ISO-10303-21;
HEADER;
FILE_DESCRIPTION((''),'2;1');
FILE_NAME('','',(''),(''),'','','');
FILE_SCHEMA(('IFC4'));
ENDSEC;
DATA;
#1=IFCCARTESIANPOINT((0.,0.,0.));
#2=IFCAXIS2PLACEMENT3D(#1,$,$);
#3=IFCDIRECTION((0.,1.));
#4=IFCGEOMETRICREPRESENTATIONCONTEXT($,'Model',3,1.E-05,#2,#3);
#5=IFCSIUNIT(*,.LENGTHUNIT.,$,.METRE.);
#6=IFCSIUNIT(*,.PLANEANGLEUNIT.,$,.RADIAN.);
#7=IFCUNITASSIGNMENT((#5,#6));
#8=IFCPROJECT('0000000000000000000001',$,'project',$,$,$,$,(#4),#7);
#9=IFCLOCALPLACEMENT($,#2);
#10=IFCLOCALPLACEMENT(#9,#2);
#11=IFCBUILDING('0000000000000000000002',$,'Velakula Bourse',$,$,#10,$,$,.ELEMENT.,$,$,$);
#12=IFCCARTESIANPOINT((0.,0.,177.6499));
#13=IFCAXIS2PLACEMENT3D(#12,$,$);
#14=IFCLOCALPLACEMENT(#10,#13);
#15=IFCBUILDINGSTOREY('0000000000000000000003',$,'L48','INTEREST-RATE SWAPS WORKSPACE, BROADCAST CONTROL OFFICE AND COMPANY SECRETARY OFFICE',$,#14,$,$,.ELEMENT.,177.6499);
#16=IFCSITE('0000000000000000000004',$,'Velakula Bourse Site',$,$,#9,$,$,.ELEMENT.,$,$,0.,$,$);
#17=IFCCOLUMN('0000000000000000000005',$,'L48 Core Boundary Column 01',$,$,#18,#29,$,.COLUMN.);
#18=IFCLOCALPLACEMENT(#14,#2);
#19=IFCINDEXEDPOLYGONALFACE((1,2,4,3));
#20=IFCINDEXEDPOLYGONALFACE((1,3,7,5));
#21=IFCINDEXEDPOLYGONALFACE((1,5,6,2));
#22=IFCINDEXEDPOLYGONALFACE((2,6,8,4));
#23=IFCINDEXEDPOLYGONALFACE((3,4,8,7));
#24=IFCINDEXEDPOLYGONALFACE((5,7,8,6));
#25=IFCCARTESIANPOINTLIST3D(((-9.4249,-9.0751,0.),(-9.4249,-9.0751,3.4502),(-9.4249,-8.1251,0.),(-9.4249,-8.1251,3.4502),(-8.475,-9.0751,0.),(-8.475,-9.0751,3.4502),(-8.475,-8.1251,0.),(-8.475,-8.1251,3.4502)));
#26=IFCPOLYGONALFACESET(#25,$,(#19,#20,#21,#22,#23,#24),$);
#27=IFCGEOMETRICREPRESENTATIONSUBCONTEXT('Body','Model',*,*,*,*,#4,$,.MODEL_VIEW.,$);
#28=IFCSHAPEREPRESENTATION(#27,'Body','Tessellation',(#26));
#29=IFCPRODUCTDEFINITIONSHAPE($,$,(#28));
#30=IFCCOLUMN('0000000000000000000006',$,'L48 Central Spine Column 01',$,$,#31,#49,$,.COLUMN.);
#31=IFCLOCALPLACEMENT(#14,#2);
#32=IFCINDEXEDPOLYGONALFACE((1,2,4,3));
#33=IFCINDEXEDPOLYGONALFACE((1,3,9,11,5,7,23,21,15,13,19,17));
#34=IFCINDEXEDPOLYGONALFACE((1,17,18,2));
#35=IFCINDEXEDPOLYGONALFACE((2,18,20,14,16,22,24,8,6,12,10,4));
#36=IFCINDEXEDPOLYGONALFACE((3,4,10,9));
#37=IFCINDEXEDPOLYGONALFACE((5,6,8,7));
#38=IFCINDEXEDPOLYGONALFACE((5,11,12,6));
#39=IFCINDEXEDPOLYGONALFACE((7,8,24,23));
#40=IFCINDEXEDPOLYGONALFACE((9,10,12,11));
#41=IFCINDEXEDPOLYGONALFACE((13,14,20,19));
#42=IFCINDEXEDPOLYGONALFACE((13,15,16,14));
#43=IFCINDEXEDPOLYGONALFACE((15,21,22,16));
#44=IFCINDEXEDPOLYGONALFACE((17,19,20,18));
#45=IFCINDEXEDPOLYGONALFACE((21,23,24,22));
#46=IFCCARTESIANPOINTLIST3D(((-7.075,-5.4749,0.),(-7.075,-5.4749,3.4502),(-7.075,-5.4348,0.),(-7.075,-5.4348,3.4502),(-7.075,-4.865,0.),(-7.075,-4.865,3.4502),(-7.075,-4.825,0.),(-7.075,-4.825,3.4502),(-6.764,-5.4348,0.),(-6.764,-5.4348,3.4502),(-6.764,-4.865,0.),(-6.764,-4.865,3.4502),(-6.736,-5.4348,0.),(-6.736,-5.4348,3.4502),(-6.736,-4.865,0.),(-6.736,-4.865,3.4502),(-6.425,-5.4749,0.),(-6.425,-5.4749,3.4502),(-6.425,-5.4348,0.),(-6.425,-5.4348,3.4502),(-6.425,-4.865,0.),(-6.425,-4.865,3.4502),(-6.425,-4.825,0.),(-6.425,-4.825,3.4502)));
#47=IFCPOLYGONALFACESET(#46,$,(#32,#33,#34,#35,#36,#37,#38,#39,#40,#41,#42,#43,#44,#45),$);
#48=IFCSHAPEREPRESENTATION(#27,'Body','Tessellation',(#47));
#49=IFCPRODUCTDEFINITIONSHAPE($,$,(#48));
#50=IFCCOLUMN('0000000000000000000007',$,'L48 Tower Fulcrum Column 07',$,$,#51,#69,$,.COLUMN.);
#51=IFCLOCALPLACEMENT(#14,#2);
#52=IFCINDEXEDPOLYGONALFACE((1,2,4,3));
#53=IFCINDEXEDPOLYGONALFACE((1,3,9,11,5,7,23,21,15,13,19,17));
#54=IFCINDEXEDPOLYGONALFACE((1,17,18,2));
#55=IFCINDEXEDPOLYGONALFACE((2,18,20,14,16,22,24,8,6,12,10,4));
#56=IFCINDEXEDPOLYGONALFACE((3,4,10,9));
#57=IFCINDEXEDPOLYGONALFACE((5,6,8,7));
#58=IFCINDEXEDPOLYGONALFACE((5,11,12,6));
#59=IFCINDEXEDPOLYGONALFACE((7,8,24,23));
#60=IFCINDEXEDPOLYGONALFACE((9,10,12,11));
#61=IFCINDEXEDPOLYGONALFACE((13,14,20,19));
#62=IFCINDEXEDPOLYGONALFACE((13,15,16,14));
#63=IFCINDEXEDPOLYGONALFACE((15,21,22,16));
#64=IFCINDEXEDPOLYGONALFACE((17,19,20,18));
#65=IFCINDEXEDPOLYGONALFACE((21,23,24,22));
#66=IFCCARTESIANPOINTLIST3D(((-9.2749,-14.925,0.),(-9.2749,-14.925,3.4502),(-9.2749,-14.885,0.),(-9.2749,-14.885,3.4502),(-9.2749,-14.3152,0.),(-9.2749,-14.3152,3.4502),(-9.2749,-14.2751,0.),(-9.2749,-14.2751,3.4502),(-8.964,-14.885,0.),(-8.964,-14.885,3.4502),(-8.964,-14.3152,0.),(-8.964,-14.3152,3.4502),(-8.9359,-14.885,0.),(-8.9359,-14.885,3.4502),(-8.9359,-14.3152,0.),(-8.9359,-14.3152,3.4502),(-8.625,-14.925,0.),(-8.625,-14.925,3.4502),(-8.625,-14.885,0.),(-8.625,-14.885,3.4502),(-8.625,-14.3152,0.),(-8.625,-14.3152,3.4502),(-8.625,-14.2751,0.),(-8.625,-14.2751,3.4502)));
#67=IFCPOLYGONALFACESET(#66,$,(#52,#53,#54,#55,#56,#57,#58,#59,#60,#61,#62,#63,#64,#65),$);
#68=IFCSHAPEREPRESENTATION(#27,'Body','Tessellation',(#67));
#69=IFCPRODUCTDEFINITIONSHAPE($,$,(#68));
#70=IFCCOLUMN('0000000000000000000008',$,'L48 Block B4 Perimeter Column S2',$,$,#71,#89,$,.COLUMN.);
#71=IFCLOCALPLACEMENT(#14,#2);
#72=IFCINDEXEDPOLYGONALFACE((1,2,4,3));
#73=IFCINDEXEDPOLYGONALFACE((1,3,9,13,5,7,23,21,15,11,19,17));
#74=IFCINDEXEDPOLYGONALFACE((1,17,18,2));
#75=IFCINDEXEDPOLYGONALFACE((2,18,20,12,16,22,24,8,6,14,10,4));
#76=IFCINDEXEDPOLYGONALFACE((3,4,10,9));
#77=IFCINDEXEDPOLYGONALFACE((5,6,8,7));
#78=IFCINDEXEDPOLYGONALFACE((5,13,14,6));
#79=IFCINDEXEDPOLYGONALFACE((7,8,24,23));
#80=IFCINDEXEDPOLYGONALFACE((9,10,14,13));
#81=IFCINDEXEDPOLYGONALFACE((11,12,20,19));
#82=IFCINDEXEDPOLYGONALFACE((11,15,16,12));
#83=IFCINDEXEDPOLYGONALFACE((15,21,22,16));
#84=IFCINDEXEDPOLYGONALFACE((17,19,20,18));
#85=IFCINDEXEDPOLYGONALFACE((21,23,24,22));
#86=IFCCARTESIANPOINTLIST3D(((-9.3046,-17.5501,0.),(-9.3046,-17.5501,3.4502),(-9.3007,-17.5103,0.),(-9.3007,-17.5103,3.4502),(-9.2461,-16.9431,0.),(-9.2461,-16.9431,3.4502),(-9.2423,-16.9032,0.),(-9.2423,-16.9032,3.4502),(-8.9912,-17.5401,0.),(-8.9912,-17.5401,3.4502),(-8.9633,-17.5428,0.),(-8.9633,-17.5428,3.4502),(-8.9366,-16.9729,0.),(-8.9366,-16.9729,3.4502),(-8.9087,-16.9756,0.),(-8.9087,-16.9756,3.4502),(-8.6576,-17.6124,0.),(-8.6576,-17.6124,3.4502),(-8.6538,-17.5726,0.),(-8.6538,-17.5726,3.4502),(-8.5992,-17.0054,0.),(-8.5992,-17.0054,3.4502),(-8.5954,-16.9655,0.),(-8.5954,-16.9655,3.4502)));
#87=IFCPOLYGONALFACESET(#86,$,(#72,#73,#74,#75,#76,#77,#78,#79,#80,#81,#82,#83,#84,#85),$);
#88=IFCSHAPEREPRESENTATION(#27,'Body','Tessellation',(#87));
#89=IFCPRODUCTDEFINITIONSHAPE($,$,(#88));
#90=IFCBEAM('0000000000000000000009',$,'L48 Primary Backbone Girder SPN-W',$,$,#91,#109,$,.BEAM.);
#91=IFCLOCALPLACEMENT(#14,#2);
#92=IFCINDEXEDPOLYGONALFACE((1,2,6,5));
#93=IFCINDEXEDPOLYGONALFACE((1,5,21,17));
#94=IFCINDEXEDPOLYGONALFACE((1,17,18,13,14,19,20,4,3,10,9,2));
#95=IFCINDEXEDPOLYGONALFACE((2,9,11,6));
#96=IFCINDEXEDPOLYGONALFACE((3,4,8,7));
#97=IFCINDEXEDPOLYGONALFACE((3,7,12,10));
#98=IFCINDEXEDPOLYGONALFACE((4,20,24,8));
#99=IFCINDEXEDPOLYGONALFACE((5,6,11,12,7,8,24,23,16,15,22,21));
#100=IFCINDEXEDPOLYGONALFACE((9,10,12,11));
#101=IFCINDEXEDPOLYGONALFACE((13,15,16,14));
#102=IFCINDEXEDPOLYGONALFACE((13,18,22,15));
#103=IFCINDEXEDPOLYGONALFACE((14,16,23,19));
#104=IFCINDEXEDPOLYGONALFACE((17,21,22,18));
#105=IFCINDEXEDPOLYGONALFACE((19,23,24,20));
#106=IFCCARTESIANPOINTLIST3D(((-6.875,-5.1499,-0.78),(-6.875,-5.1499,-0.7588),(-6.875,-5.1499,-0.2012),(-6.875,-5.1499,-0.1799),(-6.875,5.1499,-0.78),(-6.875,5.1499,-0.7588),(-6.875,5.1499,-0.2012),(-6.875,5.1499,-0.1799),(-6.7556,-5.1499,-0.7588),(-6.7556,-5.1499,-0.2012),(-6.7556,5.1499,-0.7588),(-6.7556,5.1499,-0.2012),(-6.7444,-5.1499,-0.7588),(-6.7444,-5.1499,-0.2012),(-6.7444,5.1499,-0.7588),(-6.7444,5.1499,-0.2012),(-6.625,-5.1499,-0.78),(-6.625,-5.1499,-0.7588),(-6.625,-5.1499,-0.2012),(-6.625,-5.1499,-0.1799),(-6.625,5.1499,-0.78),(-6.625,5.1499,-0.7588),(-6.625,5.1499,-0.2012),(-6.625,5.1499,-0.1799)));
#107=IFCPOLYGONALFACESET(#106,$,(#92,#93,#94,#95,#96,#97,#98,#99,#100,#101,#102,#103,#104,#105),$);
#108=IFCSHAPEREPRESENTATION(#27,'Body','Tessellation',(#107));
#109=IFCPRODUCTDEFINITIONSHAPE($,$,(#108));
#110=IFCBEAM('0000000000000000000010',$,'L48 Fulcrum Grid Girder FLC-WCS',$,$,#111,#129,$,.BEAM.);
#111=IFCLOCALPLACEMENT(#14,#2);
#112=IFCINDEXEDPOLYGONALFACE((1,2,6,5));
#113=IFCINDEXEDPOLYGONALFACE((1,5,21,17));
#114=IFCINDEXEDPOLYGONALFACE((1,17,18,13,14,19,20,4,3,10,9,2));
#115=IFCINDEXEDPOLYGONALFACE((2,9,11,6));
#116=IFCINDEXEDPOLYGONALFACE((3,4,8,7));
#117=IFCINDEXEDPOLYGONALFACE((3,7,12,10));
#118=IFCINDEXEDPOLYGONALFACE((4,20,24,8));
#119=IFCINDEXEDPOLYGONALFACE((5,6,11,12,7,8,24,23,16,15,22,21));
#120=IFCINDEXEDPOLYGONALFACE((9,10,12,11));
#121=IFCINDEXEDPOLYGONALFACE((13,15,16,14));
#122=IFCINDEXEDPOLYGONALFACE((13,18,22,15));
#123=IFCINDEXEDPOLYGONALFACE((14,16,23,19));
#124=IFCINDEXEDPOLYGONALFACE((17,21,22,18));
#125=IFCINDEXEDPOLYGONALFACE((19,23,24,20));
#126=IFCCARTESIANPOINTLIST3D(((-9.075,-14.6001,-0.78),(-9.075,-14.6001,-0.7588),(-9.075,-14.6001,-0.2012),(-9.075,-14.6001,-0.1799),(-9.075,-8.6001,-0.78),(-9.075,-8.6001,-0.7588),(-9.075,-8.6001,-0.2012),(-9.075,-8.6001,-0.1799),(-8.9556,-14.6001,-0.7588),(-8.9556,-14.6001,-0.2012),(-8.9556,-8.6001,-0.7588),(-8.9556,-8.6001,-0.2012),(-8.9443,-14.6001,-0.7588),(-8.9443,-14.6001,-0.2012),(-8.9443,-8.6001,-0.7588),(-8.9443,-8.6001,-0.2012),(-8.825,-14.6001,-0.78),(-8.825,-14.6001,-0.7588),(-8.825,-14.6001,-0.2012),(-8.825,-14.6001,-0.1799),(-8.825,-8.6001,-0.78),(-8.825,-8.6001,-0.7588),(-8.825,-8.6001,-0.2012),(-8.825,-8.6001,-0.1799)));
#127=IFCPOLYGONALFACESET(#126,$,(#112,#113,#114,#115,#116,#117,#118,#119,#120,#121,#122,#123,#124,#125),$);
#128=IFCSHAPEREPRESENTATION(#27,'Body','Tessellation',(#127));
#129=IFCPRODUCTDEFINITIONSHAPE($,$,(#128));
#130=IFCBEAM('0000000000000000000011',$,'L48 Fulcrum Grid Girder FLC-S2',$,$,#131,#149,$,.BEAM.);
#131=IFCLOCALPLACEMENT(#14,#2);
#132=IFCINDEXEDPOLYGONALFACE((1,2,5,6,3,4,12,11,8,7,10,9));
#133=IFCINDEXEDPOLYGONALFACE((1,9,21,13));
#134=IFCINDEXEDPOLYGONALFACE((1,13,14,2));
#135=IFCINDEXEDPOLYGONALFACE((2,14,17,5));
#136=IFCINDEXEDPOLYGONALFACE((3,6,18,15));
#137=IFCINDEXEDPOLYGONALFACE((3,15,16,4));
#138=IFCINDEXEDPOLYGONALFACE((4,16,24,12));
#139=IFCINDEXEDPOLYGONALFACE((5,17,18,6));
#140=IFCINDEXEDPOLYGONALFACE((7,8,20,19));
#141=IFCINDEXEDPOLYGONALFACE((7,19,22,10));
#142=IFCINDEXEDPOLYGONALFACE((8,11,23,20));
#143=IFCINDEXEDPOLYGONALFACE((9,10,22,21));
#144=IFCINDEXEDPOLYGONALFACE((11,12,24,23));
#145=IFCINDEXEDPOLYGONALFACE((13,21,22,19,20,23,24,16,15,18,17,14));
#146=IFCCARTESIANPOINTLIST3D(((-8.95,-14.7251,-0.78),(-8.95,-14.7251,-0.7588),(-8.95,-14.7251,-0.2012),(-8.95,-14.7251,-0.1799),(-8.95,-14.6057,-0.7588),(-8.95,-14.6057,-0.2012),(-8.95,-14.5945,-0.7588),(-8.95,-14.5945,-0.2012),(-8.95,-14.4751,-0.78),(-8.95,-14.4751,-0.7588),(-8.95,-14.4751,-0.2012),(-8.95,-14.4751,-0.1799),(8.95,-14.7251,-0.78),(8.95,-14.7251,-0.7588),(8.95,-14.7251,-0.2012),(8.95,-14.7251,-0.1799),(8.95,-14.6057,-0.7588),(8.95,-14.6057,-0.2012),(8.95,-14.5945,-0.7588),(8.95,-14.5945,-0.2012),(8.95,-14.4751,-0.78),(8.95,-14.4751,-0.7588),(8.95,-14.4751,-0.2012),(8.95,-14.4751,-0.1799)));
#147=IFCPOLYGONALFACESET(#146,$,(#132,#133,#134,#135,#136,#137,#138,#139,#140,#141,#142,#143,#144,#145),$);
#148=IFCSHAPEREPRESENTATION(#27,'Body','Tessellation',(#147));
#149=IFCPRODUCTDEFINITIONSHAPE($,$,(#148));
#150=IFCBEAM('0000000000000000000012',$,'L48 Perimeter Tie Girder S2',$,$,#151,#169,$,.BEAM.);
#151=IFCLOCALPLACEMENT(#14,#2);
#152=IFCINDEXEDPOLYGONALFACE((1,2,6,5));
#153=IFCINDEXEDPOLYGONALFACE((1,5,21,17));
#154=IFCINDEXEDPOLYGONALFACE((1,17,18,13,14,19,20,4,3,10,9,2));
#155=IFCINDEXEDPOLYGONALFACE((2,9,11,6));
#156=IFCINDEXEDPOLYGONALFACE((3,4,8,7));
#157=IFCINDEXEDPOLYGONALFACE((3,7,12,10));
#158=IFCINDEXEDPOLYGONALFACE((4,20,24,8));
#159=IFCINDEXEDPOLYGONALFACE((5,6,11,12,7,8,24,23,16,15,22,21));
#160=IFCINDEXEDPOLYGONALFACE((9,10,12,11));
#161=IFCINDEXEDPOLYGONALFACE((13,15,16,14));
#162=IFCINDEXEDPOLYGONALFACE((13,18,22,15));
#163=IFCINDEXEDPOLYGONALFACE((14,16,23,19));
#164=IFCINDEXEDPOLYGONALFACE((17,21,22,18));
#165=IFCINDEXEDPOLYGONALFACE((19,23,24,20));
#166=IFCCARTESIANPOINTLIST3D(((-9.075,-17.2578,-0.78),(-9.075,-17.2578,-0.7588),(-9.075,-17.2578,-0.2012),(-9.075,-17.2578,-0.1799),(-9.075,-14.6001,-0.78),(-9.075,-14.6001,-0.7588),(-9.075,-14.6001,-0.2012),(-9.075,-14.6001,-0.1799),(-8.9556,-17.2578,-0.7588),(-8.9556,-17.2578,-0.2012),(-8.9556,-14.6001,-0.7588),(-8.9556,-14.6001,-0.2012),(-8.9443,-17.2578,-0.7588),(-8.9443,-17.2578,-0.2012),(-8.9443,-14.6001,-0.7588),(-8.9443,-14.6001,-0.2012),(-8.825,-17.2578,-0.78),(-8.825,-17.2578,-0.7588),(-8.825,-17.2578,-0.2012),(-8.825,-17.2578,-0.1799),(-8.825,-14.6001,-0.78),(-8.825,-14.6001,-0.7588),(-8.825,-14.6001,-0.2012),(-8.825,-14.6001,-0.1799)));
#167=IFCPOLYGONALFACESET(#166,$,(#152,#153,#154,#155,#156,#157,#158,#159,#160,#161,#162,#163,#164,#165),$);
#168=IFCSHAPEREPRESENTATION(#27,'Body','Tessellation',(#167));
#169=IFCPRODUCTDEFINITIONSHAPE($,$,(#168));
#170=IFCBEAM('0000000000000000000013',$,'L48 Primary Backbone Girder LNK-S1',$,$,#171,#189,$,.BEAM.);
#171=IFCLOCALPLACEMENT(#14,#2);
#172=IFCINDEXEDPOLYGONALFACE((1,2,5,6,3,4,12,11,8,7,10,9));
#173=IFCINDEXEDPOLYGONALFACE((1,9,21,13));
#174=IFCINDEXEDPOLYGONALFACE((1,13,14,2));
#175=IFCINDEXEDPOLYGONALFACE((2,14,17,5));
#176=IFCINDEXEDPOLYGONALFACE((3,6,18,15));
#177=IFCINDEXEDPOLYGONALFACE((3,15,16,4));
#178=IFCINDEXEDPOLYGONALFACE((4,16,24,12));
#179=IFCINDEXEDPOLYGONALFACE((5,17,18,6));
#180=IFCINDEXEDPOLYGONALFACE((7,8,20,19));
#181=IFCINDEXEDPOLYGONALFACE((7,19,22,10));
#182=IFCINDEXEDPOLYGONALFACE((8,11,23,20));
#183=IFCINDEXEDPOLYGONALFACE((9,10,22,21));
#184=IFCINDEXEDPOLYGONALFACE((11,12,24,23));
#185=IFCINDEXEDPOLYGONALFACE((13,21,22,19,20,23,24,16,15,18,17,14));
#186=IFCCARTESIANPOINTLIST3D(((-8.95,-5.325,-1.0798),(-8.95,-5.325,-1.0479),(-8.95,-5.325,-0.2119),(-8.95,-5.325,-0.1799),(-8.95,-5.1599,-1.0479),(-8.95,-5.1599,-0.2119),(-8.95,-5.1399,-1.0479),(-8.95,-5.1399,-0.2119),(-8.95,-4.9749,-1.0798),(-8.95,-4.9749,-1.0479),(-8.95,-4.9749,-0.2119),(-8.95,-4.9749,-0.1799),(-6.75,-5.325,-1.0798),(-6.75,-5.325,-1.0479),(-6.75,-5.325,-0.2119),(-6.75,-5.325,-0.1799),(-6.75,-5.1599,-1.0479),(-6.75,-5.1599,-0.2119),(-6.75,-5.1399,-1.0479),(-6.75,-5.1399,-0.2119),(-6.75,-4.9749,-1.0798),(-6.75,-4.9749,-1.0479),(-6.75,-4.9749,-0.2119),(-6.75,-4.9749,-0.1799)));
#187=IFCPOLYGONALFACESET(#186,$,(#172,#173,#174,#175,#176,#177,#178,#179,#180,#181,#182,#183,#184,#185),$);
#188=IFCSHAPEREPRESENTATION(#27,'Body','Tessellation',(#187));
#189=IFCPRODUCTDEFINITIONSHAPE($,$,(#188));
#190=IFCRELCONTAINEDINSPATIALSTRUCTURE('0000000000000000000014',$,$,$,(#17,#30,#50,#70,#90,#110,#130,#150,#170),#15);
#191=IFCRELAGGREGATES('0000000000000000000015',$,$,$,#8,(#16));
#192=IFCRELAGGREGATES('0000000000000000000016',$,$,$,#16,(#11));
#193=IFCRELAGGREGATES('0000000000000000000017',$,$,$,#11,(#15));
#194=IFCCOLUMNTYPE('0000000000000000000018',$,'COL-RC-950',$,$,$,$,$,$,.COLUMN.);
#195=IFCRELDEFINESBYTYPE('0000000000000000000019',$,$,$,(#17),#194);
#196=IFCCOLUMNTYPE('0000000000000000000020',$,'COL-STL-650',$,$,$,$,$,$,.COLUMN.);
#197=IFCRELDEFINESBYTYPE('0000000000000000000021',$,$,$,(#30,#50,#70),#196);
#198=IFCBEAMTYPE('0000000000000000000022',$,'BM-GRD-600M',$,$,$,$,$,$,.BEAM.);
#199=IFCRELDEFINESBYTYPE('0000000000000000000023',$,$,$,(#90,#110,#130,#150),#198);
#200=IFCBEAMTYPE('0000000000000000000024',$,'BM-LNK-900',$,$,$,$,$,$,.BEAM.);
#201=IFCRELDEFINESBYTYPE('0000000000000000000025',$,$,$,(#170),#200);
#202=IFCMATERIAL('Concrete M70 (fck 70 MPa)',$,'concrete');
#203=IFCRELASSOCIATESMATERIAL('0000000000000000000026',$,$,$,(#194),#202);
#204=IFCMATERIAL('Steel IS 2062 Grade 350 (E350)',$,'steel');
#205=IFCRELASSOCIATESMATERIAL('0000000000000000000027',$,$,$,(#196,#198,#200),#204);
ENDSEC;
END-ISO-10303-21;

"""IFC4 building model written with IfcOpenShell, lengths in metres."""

from ifc_helpers import new_model, si_unit, direction, frame, origin, origin_2d, place, context, subcontext, project, spatial, rectangle, i_section, extrude, material, material_profile, profile_set, type_object, element, save


model = new_model("IFC4")

# Units and contexts
model_context = context("Model", 3, precision=1e-05, world=origin(), true_north=direction((0.0, 1.0)))
body_context = subcontext(model_context, "Body", "Model", "MODEL_VIEW")
ifc_project = project(units=[si_unit("LENGTHUNIT", "METRE"), si_unit("PLANEANGLEUNIT", "RADIAN")], contexts=[model_context])

# Site, building, storey
site_placement = place(None, origin())
site = spatial("IfcSite", under=ifc_project, at=site_placement, Name="Velakula Bourse Site", CompositionType="ELEMENT", RefElevation=0.0)
building_placement = place(site_placement, origin())
building = spatial("IfcBuilding", under=site, at=building_placement, Name="Velakula Bourse", CompositionType="ELEMENT")
storey_placement = place(building_placement, frame((0.0, 0.0, 177.6499)))
storey = spatial("IfcBuildingStorey", under=building, at=storey_placement, Name="L48", Description="INTEREST-RATE SWAPS WORKSPACE, BROADCAST CONTROL OFFICE AND COMPANY SECRETARY OFFICE", CompositionType="ELEMENT", Elevation=177.6499)

# Columns
ifc_material_1 = material(Name="Concrete M70 (fck 70 MPa)", Category="concrete")
ifc_material_profile_1 = material_profile(ifc_material_1, rectangle(XDim=0.95, YDim=0.95, at=origin_2d()), Name="Concrete M70 (fck 70 MPa)")
ifc_profile_set_1 = profile_set([ifc_material_profile_1], Name="Concrete M70 (fck 70 MPa)")
column_type_1 = type_object("IfcColumnType", Name="COL-RC-950", PredefinedType="COLUMN", material=ifc_profile_set_1)
column_placement = place(storey_placement, frame((-8.95, -8.6001, 0.0), z_axis=(0.0, 0.0, 1.0), x_axis=(1.0, 0.0, 0.0)))
element("IfcColumn", 1, at=column_placement, inside=storey, type_object=column_type_1, Name="L48 Core Boundary Column 01", PredefinedType="COLUMN", context=body_context, shape_type="SweptSolid", body=[
    extrude(rectangle(XDim=0.95, YDim=0.95, at=origin_2d()), origin(), (0.0, 0.0, 1.0), 3.4502),
])
ifc_material_2 = material(Name="Steel IS 2062 Grade 350 (E350)", Category="steel")
ifc_material_profile_2 = material_profile(ifc_material_2, i_section(OverallWidth=0.6499, OverallDepth=0.6499, WebThickness=0.0281, FlangeThickness=0.04, at=origin_2d()), Name="Steel IS 2062 Grade 350 (E350)")
ifc_profile_set_2 = profile_set([ifc_material_profile_2], Name="Steel IS 2062 Grade 350 (E350)")
column_type_2 = type_object("IfcColumnType", Name="COL-STL-650", PredefinedType="COLUMN", material=ifc_profile_set_2)
for number, where, z_axis, x_axis, name in (
    (2, (-6.75, -5.1499, 0.0), (0.0, 0.0, 1.0), (1.0, 0.0, 0.0), "L48 Central Spine Column 01"),
    (3, (-8.95, -14.6001, 0.0), (0.0, 0.0, 1.0), (1.0, 0.0, 0.0), "L48 Tower Fulcrum Column 07"),
    (4, (-8.95, -17.2578, 0.0), (0.0, 0.0, 1.0), (0.995396, -0.095846, 0.0), "L48 Block B4 Perimeter Column S2"),
):
    element("IfcColumn", number, at=place(storey_placement, frame(where, z_axis=z_axis, x_axis=x_axis)), inside=storey, type_object=column_type_2, Name=name, PredefinedType="COLUMN", context=body_context, shape_type="SweptSolid", body=[
        extrude(i_section(OverallWidth=0.6499, OverallDepth=0.6499, WebThickness=0.0281, FlangeThickness=0.04, at=origin_2d()), origin(), (0.0, 0.0, 1.0), 3.4502),
    ])

# Beams
ifc_material_profile_3 = material_profile(ifc_material_2, i_section(OverallWidth=0.25, OverallDepth=0.6001, WebThickness=0.0112, FlangeThickness=0.0212, at=origin_2d()), Name="Steel IS 2062 Grade 350 (E350)")
ifc_profile_set_3 = profile_set([ifc_material_profile_3], Name="Steel IS 2062 Grade 350 (E350)")
beam_type_1 = type_object("IfcBeamType", Name="BM-GRD-600M", PredefinedType="BEAM", material=ifc_profile_set_3)
beam_1_placement = place(storey_placement, frame((-6.75, -5.1499, -0.48), z_axis=(0.0, 1.0, 0.0), x_axis=(-1.0, 0.0, 0.0)))
element("IfcBeam", 5, at=beam_1_placement, inside=storey, type_object=beam_type_1, Name="L48 Primary Backbone Girder SPN-W", PredefinedType="BEAM", context=body_context, shape_type="SweptSolid", body=[
    extrude(i_section(OverallWidth=0.25, OverallDepth=0.6001, WebThickness=0.0112, FlangeThickness=0.0212, at=origin_2d()), origin(), (0.0, 0.0, 1.0), 10.2998),
])
beam_2_placement = place(storey_placement, frame((-8.95, -14.6001, -0.48), z_axis=(0.0, 1.0, 0.0), x_axis=(-1.0, 0.0, 0.0)))
element("IfcBeam", 6, at=beam_2_placement, inside=storey, type_object=beam_type_1, Name="L48 Fulcrum Grid Girder FLC-WCS", PredefinedType="BEAM", context=body_context, shape_type="SweptSolid", body=[
    extrude(i_section(OverallWidth=0.25, OverallDepth=0.6001, WebThickness=0.0112, FlangeThickness=0.0212, at=origin_2d()), origin(), (0.0, 0.0, 1.0), 6.0),
])
beam_3_placement = place(storey_placement, frame((-8.95, -14.6001, -0.48), z_axis=(1.0, 0.0, 0.0), x_axis=(0.0, 1.0, 0.0)))
element("IfcBeam", 7, at=beam_3_placement, inside=storey, type_object=beam_type_1, Name="L48 Fulcrum Grid Girder FLC-S2", PredefinedType="BEAM", context=body_context, shape_type="SweptSolid", body=[
    extrude(i_section(OverallWidth=0.25, OverallDepth=0.6001, WebThickness=0.0112, FlangeThickness=0.0212, at=origin_2d()), origin(), (0.0, 0.0, 1.0), 17.8999),
])
beam_4_placement = place(storey_placement, frame((-8.95, -14.6001, -0.48), z_axis=(0.0, -1.0, 0.0), x_axis=(1.0, 0.0, 0.0)))
element("IfcBeam", 8, at=beam_4_placement, inside=storey, type_object=beam_type_1, Name="L48 Perimeter Tie Girder S2", PredefinedType="BEAM", context=body_context, shape_type="SweptSolid", body=[
    extrude(i_section(OverallWidth=0.25, OverallDepth=0.6001, WebThickness=0.0112, FlangeThickness=0.0212, at=origin_2d()), origin(), (0.0, 0.0, 1.0), 2.6577),
])
ifc_material_profile_4 = material_profile(ifc_material_2, i_section(OverallWidth=0.3501, OverallDepth=0.8999, WebThickness=0.02, FlangeThickness=0.032, at=origin_2d()), Name="Steel IS 2062 Grade 350 (E350)")
ifc_profile_set_4 = profile_set([ifc_material_profile_4], Name="Steel IS 2062 Grade 350 (E350)")
beam_type_2 = type_object("IfcBeamType", Name="BM-LNK-900", PredefinedType="BEAM", material=ifc_profile_set_4)
beam_5_placement = place(storey_placement, frame((-8.95, -5.1499, -0.6299), z_axis=(1.0, 0.0, 0.0), x_axis=(0.0, 1.0, 0.0)))
element("IfcBeam", 9, at=beam_5_placement, inside=storey, type_object=beam_type_2, Name="L48 Primary Backbone Girder LNK-S1", PredefinedType="BEAM", context=body_context, shape_type="SweptSolid", body=[
    extrude(i_section(OverallWidth=0.3501, OverallDepth=0.8999, WebThickness=0.02, FlangeThickness=0.032, at=origin_2d()), origin(), (0.0, 0.0, 1.0), 2.2),
])

save(model, "model.ifc")
